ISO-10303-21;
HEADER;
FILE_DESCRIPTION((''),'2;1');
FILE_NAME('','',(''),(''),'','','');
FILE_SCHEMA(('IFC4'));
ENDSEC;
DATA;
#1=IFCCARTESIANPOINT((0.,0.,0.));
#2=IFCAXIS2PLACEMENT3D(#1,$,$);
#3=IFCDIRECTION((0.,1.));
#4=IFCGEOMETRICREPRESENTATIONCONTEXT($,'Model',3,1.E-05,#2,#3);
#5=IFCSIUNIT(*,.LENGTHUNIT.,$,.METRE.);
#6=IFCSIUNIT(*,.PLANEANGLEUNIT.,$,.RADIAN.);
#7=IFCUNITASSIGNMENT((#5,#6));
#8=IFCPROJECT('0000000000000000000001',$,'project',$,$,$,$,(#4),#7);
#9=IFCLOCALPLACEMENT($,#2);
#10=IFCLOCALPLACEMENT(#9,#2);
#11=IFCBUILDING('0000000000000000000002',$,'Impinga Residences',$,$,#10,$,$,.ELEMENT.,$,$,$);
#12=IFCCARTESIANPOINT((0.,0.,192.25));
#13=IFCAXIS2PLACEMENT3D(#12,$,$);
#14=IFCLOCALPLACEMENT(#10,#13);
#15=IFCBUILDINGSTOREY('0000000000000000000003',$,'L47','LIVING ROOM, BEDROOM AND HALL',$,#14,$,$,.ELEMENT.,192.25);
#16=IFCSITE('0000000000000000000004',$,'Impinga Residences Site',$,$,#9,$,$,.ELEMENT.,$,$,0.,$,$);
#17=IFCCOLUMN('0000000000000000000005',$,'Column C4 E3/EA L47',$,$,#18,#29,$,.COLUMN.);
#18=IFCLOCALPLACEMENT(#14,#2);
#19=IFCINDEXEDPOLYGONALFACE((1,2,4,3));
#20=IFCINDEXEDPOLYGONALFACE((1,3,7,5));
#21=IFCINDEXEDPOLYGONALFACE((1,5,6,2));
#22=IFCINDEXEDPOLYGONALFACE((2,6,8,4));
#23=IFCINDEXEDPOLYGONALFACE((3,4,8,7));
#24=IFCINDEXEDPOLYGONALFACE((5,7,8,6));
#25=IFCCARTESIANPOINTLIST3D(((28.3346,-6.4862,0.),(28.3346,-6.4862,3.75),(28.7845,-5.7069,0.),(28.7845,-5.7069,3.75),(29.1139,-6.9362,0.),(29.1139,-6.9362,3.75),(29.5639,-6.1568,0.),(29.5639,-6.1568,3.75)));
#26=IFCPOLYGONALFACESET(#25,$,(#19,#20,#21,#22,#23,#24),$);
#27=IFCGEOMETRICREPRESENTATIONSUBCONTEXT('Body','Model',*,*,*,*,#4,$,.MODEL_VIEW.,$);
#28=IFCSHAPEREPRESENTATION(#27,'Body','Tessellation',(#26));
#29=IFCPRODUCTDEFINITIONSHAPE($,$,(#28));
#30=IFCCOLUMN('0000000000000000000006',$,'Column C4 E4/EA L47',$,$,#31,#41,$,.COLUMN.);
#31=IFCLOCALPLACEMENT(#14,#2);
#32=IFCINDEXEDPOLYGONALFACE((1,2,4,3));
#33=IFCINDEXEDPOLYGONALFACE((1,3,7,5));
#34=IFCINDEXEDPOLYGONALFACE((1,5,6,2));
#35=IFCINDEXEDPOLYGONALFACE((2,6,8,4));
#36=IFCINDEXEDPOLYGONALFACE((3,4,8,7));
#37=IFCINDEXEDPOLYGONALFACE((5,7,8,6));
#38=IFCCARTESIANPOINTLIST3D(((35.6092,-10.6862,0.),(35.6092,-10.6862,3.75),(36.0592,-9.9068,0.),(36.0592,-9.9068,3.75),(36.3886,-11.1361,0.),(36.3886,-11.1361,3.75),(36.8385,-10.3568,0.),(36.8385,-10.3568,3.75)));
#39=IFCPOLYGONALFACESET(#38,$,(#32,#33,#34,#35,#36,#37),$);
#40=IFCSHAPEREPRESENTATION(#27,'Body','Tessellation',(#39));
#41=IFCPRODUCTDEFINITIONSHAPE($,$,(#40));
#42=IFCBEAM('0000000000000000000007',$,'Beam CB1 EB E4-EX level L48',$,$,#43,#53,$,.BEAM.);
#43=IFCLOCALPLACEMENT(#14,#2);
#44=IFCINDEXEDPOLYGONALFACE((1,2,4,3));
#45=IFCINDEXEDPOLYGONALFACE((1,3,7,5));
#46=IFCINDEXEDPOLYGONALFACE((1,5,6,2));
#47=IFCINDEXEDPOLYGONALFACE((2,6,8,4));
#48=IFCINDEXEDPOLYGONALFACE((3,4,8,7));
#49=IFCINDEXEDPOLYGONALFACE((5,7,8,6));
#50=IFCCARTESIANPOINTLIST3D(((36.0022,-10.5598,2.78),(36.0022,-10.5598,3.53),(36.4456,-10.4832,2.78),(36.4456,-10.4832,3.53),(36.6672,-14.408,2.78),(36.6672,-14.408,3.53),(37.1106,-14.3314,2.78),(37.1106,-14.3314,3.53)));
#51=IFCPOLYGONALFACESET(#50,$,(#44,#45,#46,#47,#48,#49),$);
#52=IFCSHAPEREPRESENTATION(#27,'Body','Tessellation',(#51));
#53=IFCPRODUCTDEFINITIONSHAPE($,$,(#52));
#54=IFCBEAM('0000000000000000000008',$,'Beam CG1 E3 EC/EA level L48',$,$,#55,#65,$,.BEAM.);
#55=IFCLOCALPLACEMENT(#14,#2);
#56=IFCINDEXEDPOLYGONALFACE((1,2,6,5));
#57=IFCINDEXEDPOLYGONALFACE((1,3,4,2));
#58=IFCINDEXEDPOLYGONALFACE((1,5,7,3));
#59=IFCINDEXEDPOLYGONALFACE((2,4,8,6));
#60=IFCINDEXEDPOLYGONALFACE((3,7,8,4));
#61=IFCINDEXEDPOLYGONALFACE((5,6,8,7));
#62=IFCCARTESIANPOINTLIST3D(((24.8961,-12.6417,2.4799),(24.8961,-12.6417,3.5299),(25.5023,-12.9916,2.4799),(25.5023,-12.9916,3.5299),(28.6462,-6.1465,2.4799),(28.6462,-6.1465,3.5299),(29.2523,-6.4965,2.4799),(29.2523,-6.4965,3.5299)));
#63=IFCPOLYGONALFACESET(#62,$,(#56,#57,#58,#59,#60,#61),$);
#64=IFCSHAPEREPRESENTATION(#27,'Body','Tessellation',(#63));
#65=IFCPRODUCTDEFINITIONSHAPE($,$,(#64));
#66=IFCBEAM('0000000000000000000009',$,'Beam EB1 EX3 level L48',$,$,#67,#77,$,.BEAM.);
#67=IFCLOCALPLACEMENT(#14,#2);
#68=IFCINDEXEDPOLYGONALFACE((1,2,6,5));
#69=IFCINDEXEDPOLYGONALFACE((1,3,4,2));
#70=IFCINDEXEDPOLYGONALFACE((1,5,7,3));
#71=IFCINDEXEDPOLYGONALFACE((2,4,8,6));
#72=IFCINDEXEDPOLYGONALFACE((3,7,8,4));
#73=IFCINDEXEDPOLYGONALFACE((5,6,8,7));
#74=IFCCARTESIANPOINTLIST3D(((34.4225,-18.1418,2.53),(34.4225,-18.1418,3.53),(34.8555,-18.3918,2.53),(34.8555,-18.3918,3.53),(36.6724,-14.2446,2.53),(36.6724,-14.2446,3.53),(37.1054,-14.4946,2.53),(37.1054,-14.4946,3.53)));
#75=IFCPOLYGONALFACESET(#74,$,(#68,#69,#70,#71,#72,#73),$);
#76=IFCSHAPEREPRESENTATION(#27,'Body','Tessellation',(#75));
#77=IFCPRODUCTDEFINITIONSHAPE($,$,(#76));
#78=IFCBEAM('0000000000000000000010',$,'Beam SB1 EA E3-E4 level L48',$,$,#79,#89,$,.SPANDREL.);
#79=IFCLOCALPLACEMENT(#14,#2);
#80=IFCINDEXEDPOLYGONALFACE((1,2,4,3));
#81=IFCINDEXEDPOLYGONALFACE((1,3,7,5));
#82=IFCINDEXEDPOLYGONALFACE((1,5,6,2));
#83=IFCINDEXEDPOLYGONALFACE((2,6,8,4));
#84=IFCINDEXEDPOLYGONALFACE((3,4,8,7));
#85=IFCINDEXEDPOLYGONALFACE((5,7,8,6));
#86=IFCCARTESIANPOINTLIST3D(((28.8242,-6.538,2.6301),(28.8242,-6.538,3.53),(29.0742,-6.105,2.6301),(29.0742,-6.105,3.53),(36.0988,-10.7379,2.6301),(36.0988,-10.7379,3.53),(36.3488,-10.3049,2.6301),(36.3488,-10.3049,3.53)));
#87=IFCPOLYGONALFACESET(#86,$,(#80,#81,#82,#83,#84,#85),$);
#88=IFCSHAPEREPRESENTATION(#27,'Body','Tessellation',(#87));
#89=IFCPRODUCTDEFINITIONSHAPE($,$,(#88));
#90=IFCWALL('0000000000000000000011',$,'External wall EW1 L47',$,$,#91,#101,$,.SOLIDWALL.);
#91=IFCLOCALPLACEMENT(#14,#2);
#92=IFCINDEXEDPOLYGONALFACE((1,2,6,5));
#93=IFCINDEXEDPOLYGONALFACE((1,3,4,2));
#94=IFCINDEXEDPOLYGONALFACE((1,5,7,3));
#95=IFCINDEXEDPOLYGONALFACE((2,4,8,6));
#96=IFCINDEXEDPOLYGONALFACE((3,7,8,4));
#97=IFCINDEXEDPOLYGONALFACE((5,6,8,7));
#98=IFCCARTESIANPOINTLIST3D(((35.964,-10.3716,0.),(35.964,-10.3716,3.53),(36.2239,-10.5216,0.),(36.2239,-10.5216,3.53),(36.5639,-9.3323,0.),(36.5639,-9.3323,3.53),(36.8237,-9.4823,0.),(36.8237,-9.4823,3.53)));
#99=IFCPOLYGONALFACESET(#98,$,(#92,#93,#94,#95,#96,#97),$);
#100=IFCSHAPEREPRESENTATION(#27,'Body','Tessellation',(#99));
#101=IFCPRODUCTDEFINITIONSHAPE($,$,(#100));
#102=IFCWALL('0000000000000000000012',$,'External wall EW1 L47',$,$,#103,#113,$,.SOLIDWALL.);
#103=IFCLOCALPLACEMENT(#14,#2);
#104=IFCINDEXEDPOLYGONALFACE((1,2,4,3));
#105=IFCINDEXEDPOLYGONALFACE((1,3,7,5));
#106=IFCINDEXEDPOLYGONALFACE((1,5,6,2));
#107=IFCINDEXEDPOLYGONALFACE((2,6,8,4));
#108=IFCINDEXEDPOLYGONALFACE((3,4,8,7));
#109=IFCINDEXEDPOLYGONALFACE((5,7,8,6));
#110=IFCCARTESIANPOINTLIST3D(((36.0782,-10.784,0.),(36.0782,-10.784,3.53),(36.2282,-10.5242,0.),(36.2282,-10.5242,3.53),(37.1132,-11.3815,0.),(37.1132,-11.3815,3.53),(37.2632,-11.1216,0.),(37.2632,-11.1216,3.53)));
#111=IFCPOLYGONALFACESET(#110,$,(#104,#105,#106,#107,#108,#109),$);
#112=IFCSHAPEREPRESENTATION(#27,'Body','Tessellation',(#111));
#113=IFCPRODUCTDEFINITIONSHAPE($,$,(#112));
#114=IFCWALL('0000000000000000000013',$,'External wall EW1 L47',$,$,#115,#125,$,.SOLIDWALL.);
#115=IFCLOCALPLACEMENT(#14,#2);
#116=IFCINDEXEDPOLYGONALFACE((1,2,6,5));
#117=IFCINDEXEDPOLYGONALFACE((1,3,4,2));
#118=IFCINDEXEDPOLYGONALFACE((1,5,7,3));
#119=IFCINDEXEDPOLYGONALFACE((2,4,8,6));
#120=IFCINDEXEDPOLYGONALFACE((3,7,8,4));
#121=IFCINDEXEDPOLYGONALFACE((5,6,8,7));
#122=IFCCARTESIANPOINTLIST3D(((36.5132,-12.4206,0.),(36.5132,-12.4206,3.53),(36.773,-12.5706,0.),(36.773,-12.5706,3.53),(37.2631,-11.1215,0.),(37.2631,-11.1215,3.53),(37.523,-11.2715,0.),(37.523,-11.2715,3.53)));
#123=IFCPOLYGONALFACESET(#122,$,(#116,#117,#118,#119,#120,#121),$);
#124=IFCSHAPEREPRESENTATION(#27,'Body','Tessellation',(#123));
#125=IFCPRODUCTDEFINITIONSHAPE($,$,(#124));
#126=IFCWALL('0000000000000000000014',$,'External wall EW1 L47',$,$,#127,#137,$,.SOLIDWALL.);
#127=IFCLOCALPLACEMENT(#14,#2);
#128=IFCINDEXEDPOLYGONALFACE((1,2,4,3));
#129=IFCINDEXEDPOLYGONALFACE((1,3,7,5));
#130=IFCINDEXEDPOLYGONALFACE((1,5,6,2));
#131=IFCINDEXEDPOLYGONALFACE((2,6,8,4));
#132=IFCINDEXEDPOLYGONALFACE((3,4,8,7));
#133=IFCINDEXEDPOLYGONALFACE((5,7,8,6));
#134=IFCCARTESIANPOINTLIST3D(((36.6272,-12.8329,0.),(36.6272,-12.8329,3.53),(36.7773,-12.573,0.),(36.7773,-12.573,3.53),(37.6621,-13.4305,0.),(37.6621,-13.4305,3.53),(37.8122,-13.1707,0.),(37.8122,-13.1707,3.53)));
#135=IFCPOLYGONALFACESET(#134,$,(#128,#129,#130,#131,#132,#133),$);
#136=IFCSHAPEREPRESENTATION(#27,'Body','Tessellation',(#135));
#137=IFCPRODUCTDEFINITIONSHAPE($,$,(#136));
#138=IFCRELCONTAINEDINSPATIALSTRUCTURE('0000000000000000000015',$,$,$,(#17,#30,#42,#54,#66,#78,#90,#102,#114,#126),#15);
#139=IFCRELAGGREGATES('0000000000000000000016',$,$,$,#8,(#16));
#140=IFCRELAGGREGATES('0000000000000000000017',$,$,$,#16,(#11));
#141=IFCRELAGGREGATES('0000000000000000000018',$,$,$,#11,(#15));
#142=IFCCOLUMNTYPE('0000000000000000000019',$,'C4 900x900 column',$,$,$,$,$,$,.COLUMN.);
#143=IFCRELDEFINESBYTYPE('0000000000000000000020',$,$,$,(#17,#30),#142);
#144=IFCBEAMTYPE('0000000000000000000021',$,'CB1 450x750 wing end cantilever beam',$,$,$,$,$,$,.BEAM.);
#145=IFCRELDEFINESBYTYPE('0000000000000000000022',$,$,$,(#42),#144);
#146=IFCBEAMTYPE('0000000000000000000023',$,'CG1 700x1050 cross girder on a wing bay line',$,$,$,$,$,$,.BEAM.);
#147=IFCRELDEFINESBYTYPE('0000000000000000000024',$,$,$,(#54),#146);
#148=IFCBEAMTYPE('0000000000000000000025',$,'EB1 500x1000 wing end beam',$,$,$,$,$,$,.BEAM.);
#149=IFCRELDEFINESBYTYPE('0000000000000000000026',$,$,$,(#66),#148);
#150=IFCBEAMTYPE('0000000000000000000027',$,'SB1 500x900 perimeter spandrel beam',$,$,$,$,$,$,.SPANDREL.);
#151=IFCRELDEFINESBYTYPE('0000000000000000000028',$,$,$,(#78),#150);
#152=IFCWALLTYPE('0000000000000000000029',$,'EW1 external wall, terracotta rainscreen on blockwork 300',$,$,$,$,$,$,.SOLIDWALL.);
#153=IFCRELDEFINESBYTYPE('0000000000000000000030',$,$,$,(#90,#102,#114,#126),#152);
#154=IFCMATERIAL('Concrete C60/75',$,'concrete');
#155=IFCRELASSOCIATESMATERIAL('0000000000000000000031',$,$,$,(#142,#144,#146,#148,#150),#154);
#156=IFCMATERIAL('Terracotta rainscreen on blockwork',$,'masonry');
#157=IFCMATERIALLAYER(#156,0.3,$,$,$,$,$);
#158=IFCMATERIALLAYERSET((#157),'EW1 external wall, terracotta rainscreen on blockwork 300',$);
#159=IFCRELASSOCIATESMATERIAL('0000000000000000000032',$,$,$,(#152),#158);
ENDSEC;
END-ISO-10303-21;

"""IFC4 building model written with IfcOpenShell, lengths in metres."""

from ifc_helpers import new_model, si_unit, direction, frame, frame_2d, origin, origin_2d, place, context, subcontext, project, spatial, rectangle, extrude, material, layer, layer_set, material_profile, profile_set, type_object, element, save


model = new_model("IFC4")

# Units and contexts
model_context = context("Model", 3, precision=1e-05, world=origin(), true_north=direction((0.0, 1.0)))
body_context = subcontext(model_context, "Body", "Model", "MODEL_VIEW")
ifc_project = project(units=[si_unit("LENGTHUNIT", "METRE"), si_unit("PLANEANGLEUNIT", "RADIAN")], contexts=[model_context])

# Site, building, storey
site_placement = place(None, origin())
site = spatial("IfcSite", under=ifc_project, at=site_placement, Name="Impinga Residences Site", CompositionType="ELEMENT", RefElevation=0.0)
building_placement = place(site_placement, origin())
building = spatial("IfcBuilding", under=site, at=building_placement, Name="Impinga Residences", CompositionType="ELEMENT")
storey_placement = place(building_placement, frame((0.0, 0.0, 192.25)))
storey = spatial("IfcBuildingStorey", under=building, at=storey_placement, Name="L47", Description="LIVING ROOM, BEDROOM AND HALL", CompositionType="ELEMENT", Elevation=192.25)

# Columns
ifc_material_1 = material(Name="Concrete C60/75", Category="concrete")
ifc_material_profile_1 = material_profile(ifc_material_1, rectangle(XDim=0.8999, YDim=0.8999, at=origin_2d()), Name="RC 900x900")
ifc_profile_set_1 = profile_set([ifc_material_profile_1], Name="Concrete C60/75")
column_type = type_object("IfcColumnType", Name="C4 900x900 column", PredefinedType="COLUMN", material=ifc_profile_set_1)
for number, where, z_axis, x_axis, name in (
    (1, (28.9492, -6.3215, 0.0), (0.0, 0.0, 1.0), (-0.5, -0.866025, 0.0), "Column C4 E3/EA L47"),
    (2, (36.2239, -10.5215, 0.0), (0.0, 0.0, 1.0), (-0.5, -0.866025, 0.0), "Column C4 E4/EA L47"),
):
    element("IfcColumn", number, at=place(storey_placement, frame(where, z_axis=z_axis, x_axis=x_axis)), inside=storey, type_object=column_type, Name=name, PredefinedType="COLUMN", context=body_context, shape_type="SweptSolid", body=[
        extrude(rectangle(XDim=0.8999, YDim=0.8999, at=origin_2d()), origin(), (0.0, 0.0, 1.0), 3.75),
    ])

# Beams
ifc_material_profile_2 = material_profile(ifc_material_1, rectangle(XDim=0.45, YDim=0.75, at=origin_2d()), Name="RC 450x750")
ifc_profile_set_2 = profile_set([ifc_material_profile_2], Name="Concrete C60/75")
beam_type_1 = type_object("IfcBeamType", Name="CB1 450x750 wing end cantilever beam", PredefinedType="BEAM", material=ifc_profile_set_2)
beam_1_placement = place(storey_placement, frame((36.2239, -10.5215, 3.155), z_axis=(0.170296, -0.985393, 0.0), x_axis=(0.985393, 0.170296, 0.0)))
element("IfcBeam", 3, at=beam_1_placement, inside=storey, type_object=beam_type_1, Name="Beam CB1 EB E4-EX level L48", PredefinedType="BEAM", context=body_context, shape_type="SweptSolid", body=[
    extrude(rectangle(XDim=0.45, YDim=0.75, at=origin_2d()), origin(), (0.0, 0.0, 1.0), 3.9053),
])
ifc_material_profile_3 = material_profile(ifc_material_1, rectangle(XDim=0.7, YDim=1.05, at=origin_2d()), Name="RC 700x1050")
ifc_profile_set_3 = profile_set([ifc_material_profile_3], Name="Concrete C60/75")
beam_type_2 = type_object("IfcBeamType", Name="CG1 700x1050 cross girder on a wing bay line", PredefinedType="BEAM", material=ifc_profile_set_3)
beam_2_placement = place(storey_placement, frame((25.1992, -12.8167, 3.0049), z_axis=(0.500004, 0.866023, 0.0), x_axis=(-0.866023, 0.500004, 0.0)))
element("IfcBeam", 4, at=beam_2_placement, inside=storey, type_object=beam_type_2, Name="Beam CG1 E3 EC/EA level L48", PredefinedType="BEAM", context=body_context, shape_type="SweptSolid", body=[
    extrude(rectangle(XDim=0.7, YDim=1.05, at=origin_2d()), origin(), (0.0, 0.0, 1.0), 7.5),
])
ifc_material_profile_4 = material_profile(ifc_material_1, rectangle(XDim=0.5, YDim=1.0, at=origin_2d()), Name="RC 500x1000")
ifc_profile_set_4 = profile_set([ifc_material_profile_4], Name="Concrete C60/75")
beam_type_3 = type_object("IfcBeamType", Name="EB1 500x1000 wing end beam", PredefinedType="BEAM", material=ifc_profile_set_4)
beam_3_placement = place(storey_placement, frame((36.8889, -14.3696, 3.03), z_axis=(-0.49999, -0.866031, 0.0), x_axis=(0.866031, -0.49999, 0.0)))
element("IfcBeam", 5, at=beam_3_placement, inside=storey, type_object=beam_type_3, Name="Beam EB1 EX3 level L48", PredefinedType="BEAM", context=body_context, shape_type="SweptSolid", body=[
    extrude(rectangle(XDim=0.5, YDim=1.0, at=origin_2d()), origin(), (0.0, 0.0, 1.0), 4.5),
])
ifc_material_profile_5 = material_profile(ifc_material_1, rectangle(XDim=0.5, YDim=0.8999, at=origin_2d()), Name="RC 500x900")
ifc_profile_set_5 = profile_set([ifc_material_profile_5], Name="Concrete C60/75")
beam_type_4 = type_object("IfcBeamType", Name="SB1 500x900 perimeter spandrel beam", PredefinedType="SPANDREL", material=ifc_profile_set_5)
beam_4_placement = place(storey_placement, frame((28.9492, -6.3215, 3.0801), z_axis=(0.866029, -0.499993, 0.0), x_axis=(0.499993, 0.866029, 0.0)))
element("IfcBeam", 6, at=beam_4_placement, inside=storey, type_object=beam_type_4, Name="Beam SB1 EA E3-E4 level L48", PredefinedType="SPANDREL", context=body_context, shape_type="SweptSolid", body=[
    extrude(rectangle(XDim=0.5, YDim=0.8999, at=origin_2d()), origin(), (0.0, 0.0, 1.0), 8.3999),
])

# Walls
ifc_material_2 = material(Name="Terracotta rainscreen on blockwork", Category="masonry")
ifc_layer_1 = layer(ifc_material_2, 0.3)
ifc_layer_set_1 = layer_set([ifc_layer_1], Name="EW1 external wall, terracotta rainscreen on blockwork 300")
wall_type_1 = type_object("IfcWallType", Name="EW1 external wall, terracotta rainscreen on blockwork 300", PredefinedType="SOLIDWALL", material=ifc_layer_set_1)
wall_1_placement = place(storey_placement, frame((36.6938, -9.4072, 0.0), z_axis=(0.0, 0.0, 1.0), x_axis=(-0.499881, -0.866094, 0.0)))
element("IfcWall", 7, at=wall_1_placement, inside=storey, type_object=wall_type_1, Name="External wall EW1 L47", PredefinedType="SOLIDWALL", context=body_context, shape_type="SweptSolid", body=[
    extrude(rectangle(XDim=1.2, YDim=0.3, at=frame_2d((0.6001, 0.0))), origin(), (0.0, 0.0, 1.0), 3.53),
])
wall_2_placement = place(storey_placement, frame((36.1531, -10.6541, 0.0), z_axis=(0.0, 0.0, 1.0), x_axis=(0.86606, -0.499941, 0.0)))
element("IfcWall", 8, at=wall_2_placement, inside=storey, type_object=wall_type_1, Name="External wall EW1 L47", PredefinedType="SOLIDWALL", context=body_context, shape_type="SweptSolid", body=[
    extrude(rectangle(XDim=1.1951, YDim=0.3, at=frame_2d((0.5977, 0.0))), origin(), (0.0, 0.0, 1.0), 3.53),
])
wall_3_placement = place(storey_placement, frame((37.3931, -11.1965, 0.0), z_axis=(0.0, 0.0, 1.0), x_axis=(-0.49999, -0.866031, 0.0)))
element("IfcWall", 9, at=wall_3_placement, inside=storey, type_object=wall_type_1, Name="External wall EW1 L47", PredefinedType="SOLIDWALL", context=body_context, shape_type="SweptSolid", body=[
    extrude(rectangle(XDim=1.5, YDim=0.3, at=frame_2d((0.75, 0.0))), origin(), (0.0, 0.0, 1.0), 3.53),
])
wall_4_placement = place(storey_placement, frame((36.7021, -12.7029, 0.0), z_axis=(0.0, 0.0, 1.0), x_axis=(0.865971, -0.500094, 0.0)))
element("IfcWall", 10, at=wall_4_placement, inside=storey, type_object=wall_type_1, Name="External wall EW1 L47", PredefinedType="SOLIDWALL", context=body_context, shape_type="SweptSolid", body=[
    extrude(rectangle(XDim=1.1951, YDim=0.3, at=frame_2d((0.5977, 0.0))), origin(), (0.0, 0.0, 1.0), 3.53),
])

save(model, "model.ifc")
